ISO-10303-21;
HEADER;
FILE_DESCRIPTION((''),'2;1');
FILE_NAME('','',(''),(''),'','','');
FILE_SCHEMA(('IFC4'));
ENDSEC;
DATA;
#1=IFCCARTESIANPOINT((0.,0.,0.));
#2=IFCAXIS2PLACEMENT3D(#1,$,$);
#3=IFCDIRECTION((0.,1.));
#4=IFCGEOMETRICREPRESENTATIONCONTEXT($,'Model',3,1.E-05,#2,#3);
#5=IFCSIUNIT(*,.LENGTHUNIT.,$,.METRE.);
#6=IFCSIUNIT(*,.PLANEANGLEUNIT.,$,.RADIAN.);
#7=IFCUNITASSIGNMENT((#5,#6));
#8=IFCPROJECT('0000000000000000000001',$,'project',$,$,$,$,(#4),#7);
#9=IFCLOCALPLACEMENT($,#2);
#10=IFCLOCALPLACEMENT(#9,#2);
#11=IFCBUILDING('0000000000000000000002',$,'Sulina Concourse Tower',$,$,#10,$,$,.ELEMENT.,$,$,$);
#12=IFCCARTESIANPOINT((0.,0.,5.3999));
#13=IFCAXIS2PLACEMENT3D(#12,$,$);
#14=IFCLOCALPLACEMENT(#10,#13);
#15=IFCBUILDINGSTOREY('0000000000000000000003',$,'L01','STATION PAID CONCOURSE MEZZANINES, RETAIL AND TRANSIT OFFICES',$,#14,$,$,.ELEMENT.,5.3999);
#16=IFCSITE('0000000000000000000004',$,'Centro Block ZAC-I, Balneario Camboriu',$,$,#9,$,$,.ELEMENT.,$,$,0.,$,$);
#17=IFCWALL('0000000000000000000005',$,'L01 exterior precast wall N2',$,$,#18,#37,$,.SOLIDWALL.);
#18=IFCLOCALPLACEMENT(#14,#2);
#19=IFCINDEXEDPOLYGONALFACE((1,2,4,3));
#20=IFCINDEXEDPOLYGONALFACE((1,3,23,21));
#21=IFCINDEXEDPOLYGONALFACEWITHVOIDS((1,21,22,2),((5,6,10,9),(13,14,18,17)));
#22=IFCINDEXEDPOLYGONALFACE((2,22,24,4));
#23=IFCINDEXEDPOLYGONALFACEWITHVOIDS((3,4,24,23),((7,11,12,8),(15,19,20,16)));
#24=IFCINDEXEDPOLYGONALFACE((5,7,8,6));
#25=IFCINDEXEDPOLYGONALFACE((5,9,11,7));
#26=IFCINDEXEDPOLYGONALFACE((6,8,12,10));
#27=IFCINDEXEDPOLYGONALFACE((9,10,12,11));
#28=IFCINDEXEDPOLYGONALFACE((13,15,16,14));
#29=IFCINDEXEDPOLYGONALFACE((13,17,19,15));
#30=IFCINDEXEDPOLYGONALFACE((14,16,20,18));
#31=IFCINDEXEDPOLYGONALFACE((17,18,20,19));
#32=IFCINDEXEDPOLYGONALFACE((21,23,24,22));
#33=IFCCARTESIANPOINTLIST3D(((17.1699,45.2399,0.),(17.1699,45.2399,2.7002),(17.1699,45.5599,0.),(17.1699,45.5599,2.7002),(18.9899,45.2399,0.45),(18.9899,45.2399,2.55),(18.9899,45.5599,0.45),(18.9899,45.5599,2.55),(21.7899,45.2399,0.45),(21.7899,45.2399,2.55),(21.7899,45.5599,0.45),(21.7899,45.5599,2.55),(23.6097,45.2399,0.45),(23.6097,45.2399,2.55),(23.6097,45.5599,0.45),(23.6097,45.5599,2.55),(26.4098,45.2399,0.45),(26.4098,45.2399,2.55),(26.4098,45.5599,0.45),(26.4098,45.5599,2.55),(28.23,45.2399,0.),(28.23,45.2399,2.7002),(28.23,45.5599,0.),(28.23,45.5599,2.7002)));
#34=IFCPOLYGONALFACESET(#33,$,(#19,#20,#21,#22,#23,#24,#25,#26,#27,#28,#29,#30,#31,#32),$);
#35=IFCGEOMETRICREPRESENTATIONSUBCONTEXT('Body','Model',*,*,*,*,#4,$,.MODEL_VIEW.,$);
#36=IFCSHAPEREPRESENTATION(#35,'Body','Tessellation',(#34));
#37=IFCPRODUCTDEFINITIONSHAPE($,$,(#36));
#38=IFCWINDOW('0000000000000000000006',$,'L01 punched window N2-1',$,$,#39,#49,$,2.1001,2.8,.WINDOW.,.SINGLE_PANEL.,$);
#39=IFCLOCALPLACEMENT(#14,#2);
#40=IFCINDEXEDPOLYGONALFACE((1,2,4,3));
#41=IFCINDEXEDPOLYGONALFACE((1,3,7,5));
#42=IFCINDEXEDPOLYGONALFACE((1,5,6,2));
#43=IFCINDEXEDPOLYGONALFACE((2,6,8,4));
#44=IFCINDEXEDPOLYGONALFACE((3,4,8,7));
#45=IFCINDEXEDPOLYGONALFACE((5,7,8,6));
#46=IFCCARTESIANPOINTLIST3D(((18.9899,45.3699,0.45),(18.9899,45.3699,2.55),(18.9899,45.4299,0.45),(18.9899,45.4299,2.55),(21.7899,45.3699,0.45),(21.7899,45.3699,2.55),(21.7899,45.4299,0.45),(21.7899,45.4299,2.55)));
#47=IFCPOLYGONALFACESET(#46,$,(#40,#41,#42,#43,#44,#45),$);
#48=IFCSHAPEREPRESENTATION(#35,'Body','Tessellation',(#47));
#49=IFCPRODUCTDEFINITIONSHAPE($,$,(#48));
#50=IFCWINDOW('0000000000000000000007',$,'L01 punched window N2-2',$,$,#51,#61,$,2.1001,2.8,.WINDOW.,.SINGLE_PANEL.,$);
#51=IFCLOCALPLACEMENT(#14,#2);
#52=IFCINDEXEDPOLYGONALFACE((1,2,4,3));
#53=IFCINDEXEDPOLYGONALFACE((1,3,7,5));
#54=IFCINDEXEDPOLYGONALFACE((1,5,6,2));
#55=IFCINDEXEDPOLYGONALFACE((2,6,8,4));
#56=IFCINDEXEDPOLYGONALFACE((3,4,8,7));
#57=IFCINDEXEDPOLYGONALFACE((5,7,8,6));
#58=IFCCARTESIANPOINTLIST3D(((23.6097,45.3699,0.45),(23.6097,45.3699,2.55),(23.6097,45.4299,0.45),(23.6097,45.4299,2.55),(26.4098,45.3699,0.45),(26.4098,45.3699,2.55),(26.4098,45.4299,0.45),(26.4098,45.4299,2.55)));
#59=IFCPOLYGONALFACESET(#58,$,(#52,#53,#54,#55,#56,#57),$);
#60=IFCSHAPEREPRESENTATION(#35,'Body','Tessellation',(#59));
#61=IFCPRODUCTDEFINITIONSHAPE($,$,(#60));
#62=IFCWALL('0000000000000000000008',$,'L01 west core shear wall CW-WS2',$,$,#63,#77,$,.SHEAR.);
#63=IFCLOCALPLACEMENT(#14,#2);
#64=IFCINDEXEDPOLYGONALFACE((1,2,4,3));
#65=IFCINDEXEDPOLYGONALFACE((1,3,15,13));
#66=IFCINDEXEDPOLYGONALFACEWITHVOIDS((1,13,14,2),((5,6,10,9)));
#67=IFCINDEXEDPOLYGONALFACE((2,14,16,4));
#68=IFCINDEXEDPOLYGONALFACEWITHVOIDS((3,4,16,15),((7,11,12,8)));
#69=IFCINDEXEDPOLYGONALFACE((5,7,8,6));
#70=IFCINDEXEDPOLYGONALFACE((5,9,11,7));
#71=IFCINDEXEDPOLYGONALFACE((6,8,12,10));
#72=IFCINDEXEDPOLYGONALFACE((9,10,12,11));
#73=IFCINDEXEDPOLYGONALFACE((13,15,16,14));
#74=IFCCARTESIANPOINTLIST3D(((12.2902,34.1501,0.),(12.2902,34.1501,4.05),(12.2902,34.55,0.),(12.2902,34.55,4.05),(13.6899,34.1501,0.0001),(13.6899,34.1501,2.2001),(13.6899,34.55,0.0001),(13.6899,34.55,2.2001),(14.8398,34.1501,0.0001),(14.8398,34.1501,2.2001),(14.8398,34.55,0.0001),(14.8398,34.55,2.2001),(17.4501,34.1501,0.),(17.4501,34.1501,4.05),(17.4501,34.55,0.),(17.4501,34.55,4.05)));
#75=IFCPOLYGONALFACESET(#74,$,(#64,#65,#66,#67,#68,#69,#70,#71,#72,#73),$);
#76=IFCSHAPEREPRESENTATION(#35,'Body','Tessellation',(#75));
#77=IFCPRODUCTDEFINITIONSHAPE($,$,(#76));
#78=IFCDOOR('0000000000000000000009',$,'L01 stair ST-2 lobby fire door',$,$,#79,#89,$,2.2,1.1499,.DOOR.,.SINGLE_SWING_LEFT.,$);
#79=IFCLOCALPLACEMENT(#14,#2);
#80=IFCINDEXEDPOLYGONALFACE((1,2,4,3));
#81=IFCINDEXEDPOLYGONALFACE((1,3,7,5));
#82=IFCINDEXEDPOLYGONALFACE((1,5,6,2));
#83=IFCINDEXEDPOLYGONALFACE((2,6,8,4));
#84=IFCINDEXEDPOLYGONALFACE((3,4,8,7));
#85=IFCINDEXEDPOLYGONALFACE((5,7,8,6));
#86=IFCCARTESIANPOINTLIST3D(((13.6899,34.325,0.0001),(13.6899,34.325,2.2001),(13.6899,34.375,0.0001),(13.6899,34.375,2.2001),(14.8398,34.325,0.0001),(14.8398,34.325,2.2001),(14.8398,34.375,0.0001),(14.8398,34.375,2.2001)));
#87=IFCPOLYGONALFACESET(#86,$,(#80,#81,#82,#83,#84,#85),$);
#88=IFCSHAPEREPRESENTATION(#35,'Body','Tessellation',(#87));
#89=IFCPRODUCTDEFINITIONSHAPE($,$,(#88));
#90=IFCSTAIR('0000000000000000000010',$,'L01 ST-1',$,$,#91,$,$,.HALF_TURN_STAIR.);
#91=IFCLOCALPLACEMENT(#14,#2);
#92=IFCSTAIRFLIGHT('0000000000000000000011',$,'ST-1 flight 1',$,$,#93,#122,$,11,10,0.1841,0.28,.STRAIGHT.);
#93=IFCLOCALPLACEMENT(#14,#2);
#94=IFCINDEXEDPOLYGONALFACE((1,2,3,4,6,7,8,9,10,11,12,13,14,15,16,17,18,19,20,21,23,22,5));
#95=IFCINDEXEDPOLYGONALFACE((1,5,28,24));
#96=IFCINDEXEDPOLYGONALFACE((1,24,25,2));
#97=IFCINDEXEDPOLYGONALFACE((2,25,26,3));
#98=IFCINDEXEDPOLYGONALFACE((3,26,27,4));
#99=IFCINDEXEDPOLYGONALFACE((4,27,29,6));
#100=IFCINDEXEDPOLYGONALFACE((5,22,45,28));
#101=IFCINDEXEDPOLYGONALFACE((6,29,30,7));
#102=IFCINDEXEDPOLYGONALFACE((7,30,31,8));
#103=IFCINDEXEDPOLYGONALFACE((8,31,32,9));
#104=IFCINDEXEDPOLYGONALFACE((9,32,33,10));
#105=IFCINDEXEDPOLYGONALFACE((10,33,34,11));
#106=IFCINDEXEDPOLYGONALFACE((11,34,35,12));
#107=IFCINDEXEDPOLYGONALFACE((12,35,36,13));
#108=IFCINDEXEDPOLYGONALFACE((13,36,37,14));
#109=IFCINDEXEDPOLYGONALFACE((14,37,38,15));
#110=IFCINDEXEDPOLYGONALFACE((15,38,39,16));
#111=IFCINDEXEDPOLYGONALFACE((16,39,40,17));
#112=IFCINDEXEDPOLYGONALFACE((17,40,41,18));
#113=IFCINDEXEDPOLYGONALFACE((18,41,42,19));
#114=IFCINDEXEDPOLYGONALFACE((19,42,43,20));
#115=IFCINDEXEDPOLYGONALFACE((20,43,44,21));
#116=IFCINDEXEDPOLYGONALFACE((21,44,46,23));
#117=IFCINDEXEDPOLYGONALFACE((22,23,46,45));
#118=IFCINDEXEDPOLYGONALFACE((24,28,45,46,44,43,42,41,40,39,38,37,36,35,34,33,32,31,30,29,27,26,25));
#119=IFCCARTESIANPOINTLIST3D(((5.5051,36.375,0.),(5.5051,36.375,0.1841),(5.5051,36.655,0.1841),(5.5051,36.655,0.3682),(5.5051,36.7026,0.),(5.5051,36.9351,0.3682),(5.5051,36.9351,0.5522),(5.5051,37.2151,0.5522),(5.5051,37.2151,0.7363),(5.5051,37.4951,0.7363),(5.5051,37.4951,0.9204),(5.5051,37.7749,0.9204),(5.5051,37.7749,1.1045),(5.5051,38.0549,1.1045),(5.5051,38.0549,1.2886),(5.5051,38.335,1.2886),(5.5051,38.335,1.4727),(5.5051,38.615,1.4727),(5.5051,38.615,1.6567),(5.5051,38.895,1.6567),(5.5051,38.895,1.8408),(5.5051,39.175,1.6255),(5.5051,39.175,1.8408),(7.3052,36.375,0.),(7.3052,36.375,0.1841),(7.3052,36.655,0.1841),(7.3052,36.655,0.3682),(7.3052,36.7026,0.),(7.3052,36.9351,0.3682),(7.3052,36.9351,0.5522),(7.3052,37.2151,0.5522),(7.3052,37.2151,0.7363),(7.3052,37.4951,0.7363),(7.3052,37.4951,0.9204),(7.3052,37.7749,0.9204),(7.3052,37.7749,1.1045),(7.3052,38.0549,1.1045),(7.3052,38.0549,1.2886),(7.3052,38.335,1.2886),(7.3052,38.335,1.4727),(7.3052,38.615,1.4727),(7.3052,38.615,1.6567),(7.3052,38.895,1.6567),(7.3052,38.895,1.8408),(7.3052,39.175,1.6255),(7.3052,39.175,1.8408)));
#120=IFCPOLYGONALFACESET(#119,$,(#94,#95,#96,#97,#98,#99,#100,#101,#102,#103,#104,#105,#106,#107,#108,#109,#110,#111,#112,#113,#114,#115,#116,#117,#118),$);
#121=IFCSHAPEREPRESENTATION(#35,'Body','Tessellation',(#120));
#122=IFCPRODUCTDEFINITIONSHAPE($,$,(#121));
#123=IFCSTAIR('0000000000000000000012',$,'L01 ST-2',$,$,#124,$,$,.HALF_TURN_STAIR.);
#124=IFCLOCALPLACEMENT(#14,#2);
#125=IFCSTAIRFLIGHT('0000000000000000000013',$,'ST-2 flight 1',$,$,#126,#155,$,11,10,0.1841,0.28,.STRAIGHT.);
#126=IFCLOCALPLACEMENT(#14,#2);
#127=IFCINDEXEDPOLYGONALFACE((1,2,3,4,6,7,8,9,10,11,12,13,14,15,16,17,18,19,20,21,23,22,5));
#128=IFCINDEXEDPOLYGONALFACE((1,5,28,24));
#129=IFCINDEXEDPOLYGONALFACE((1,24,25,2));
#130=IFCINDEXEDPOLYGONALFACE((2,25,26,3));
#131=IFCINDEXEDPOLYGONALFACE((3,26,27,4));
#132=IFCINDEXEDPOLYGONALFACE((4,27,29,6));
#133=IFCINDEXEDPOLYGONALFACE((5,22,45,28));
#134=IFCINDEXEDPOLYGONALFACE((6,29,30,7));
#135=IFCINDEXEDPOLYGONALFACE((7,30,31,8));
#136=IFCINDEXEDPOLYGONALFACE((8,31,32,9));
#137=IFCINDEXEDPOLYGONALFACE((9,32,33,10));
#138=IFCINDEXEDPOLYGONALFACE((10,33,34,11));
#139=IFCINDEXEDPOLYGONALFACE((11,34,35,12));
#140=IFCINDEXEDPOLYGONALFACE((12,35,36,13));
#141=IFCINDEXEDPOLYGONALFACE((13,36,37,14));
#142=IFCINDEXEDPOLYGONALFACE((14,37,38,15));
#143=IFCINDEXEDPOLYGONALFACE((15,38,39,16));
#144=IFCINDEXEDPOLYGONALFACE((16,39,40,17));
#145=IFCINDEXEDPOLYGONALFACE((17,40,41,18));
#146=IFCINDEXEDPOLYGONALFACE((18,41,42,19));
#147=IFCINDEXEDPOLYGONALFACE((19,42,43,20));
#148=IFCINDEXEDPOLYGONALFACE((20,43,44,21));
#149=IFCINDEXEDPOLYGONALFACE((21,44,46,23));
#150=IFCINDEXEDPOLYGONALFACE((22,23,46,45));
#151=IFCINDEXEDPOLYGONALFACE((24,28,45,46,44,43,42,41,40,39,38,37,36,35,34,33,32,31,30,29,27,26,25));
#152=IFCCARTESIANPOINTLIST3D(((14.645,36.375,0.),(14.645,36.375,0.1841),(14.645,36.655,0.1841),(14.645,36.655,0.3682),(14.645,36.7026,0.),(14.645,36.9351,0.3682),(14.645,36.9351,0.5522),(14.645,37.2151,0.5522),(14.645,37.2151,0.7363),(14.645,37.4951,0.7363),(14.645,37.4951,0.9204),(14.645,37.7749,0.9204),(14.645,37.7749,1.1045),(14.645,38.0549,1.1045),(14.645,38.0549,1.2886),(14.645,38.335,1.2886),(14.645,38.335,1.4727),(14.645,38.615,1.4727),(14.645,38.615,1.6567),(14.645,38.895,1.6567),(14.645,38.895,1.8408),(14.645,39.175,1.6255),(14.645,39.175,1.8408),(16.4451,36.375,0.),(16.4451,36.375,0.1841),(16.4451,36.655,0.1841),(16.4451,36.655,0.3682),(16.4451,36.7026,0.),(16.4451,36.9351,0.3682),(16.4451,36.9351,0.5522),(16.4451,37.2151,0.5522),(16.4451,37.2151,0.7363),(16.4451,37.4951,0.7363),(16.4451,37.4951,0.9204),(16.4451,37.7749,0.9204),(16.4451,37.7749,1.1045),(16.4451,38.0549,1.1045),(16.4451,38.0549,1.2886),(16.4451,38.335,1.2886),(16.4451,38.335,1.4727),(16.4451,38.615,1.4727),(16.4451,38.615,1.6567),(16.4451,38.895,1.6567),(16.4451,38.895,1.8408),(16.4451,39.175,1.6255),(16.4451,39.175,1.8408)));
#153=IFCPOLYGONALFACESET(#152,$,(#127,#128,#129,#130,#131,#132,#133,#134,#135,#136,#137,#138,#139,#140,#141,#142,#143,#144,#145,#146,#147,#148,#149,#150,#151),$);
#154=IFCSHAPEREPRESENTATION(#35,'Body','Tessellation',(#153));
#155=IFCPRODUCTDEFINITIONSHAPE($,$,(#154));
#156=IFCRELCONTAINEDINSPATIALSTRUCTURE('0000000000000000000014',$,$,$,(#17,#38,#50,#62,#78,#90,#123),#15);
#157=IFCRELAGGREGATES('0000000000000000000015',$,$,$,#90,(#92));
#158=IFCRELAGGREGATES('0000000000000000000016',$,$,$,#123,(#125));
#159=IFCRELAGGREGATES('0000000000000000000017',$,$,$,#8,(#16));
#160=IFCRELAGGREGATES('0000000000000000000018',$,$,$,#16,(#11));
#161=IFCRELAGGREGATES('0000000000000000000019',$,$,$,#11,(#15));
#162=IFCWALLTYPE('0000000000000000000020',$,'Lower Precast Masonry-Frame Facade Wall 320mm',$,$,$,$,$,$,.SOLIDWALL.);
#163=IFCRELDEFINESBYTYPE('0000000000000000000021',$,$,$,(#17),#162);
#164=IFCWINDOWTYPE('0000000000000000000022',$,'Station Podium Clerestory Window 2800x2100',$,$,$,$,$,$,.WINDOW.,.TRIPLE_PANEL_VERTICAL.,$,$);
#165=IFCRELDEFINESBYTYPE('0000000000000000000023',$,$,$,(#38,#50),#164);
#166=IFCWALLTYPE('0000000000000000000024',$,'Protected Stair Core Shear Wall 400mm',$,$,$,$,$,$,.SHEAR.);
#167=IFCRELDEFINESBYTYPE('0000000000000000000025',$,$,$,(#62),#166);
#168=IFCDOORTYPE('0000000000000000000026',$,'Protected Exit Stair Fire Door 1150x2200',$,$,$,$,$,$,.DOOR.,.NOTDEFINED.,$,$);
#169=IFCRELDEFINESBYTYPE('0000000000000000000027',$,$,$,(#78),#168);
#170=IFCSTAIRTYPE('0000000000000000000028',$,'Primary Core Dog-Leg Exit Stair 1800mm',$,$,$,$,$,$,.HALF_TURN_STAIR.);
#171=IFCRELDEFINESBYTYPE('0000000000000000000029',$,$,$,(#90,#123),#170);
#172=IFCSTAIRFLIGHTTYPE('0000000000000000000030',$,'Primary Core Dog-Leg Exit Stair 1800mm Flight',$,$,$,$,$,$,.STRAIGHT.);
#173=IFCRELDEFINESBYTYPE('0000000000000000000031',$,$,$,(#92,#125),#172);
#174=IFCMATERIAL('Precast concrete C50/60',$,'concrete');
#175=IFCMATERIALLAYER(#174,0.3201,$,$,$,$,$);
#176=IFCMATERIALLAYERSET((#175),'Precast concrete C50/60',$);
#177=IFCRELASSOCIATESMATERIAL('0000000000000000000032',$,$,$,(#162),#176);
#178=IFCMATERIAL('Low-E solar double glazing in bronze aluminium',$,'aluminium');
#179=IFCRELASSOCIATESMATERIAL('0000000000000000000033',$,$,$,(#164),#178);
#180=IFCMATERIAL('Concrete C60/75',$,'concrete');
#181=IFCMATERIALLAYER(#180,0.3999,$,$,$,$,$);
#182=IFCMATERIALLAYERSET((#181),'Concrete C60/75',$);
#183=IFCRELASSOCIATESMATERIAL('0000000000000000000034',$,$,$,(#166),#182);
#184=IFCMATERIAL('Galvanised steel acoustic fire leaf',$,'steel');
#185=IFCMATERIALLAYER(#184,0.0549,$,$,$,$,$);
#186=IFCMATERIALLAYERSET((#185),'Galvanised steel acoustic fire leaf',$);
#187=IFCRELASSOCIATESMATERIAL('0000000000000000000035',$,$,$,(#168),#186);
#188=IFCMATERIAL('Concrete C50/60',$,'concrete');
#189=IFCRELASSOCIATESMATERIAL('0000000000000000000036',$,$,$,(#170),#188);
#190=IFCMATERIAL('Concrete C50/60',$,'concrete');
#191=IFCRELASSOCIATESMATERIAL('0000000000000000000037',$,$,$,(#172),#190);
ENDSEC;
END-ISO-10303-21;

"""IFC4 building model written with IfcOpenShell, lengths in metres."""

from ifc_helpers import new_model, si_unit, direction, frame, frame_2d, origin, place, context, subcontext, project, spatial, polyline, rectangle, outline, extrude, material, layer, layer_set, type_object, element, fill, aggregate, save


model = new_model("IFC4")

# Units and contexts
model_context = context("Model", 3, precision=1e-05, world=origin(), true_north=direction((0.0, 1.0)))
body_context = subcontext(model_context, "Body", "Model", "MODEL_VIEW")
ifc_project = project(units=[si_unit("LENGTHUNIT", "METRE"), si_unit("PLANEANGLEUNIT", "RADIAN")], contexts=[model_context])

# Site, building, storey
site_placement = place(None, origin())
site = spatial("IfcSite", under=ifc_project, at=site_placement, Name="Centro Block ZAC-I, Balneario Camboriu", CompositionType="ELEMENT", RefElevation=0.0)
building_placement = place(site_placement, origin())
building = spatial("IfcBuilding", under=site, at=building_placement, Name="Sulina Concourse Tower", CompositionType="ELEMENT")
storey_placement = place(building_placement, frame((0.0, 0.0, 5.3999)))
storey = spatial("IfcBuildingStorey", under=building, at=storey_placement, Name="L01", Description="STATION PAID CONCOURSE MEZZANINES, RETAIL AND TRANSIT OFFICES", CompositionType="ELEMENT", Elevation=5.3999)

# Wall, openings, windows
ifc_material_1 = material(Name="Precast concrete C50/60", Category="concrete")
ifc_layer_1 = layer(ifc_material_1, 0.3201)
ifc_layer_set_1 = layer_set([ifc_layer_1], Name="Precast concrete C50/60")
wall_type_1 = type_object("IfcWallType", Name="Lower Precast Masonry-Frame Facade Wall 320mm", PredefinedType="SOLIDWALL", material=ifc_layer_set_1)
wall_1_placement = place(storey_placement, frame((17.1699, 45.3999, 0.0), z_axis=(0.0, 0.0, 1.0), x_axis=(1.0, 0.0, 0.0)))
wall_1 = element("IfcWall", 1, at=wall_1_placement, inside=storey, type_object=wall_type_1, Name="L01 exterior precast wall N2", PredefinedType="SOLIDWALL", context=body_context, shape_type="SweptSolid", body=[
    extrude(rectangle(XDim=11.0601, YDim=0.3201, at=frame_2d((5.53, 0.0))), origin(), (0.0, 0.0, 1.0), 2.7002),
])
opening_1_placement = place(wall_1_placement, frame((1.8201, 0.0, 0.45)))
opening_1 = element("IfcOpeningElement", 2, at=opening_1_placement, cuts=wall_1, PredefinedType="OPENING", context=body_context, shape_type="SweptSolid", body=[
    extrude(rectangle(XDim=2.8, YDim=2.1001, at=frame_2d((1.3999, 1.05))), frame((0.0, 0.1699, 0.0), z_axis=(0.0, -1.0, 0.0), x_axis=(1.0, 0.0, 0.0)), (0.0, 0.0, 1.0), 0.3401),
])
opening_2_placement = place(wall_1_placement, frame((6.4399, 0.0, 0.45)))
opening_2 = element("IfcOpeningElement", 3, at=opening_2_placement, cuts=wall_1, PredefinedType="OPENING", context=body_context, shape_type="SweptSolid", body=[
    extrude(rectangle(XDim=2.8, YDim=2.1001, at=frame_2d((1.3999, 1.05))), frame((0.0, 0.1699, 0.0), z_axis=(0.0, -1.0, 0.0), x_axis=(1.0, 0.0, 0.0)), (0.0, 0.0, 1.0), 0.3401),
])
ifc_material_2 = material(Name="Low-E solar double glazing in bronze aluminium", Category="aluminium")
window_type = type_object("IfcWindowType", Name="Station Podium Clerestory Window 2800x2100", PartitioningType="TRIPLE_PANEL_VERTICAL", PredefinedType="WINDOW", material=ifc_material_2)
window_1_placement = place(opening_1_placement, origin())
window_1 = element("IfcWindow", 4, at=window_1_placement, inside=storey, type_object=window_type, Name="L01 punched window N2-1", OverallHeight=2.1001, OverallWidth=2.8, PartitioningType="SINGLE_PANEL", PredefinedType="WINDOW", context=body_context, shape_type="SweptSolid", body=[
    extrude(rectangle(XDim=2.8, YDim=2.1001, at=frame_2d((1.3999, 1.05))), frame((0.0, 0.03, 0.0), z_axis=(0.0, -1.0, 0.0), x_axis=(1.0, 0.0, 0.0)), (0.0, 0.0, 1.0), 0.0601),
])
fill(opening_1, window_1)
window_2_placement = place(opening_2_placement, origin())
window_2 = element("IfcWindow", 5, at=window_2_placement, inside=storey, type_object=window_type, Name="L01 punched window N2-2", OverallHeight=2.1001, OverallWidth=2.8, PartitioningType="SINGLE_PANEL", PredefinedType="WINDOW", context=body_context, shape_type="SweptSolid", body=[
    extrude(rectangle(XDim=2.8, YDim=2.1001, at=frame_2d((1.3999, 1.05))), frame((0.0, 0.03, 0.0), z_axis=(0.0, -1.0, 0.0), x_axis=(1.0, 0.0, 0.0)), (0.0, 0.0, 1.0), 0.0601),
])
fill(opening_2, window_2)

# Wall, opening, door
ifc_material_3 = material(Name="Concrete C60/75", Category="concrete")
ifc_layer_2 = layer(ifc_material_3, 0.3999)
ifc_layer_set_2 = layer_set([ifc_layer_2], Name="Concrete C60/75")
wall_type_2 = type_object("IfcWallType", Name="Protected Stair Core Shear Wall 400mm", PredefinedType="SHEAR", material=ifc_layer_set_2)
wall_2_placement = place(storey_placement, frame((12.29, 34.3501, 0.0), z_axis=(0.0, 0.0, 1.0), x_axis=(1.0, 0.0, 0.0)))
wall_2 = element("IfcWall", 6, at=wall_2_placement, inside=storey, type_object=wall_type_2, Name="L01 west core shear wall CW-WS2", PredefinedType="SHEAR", context=body_context, shape_type="SweptSolid", body=[
    extrude(rectangle(XDim=5.1599, YDim=0.3999, at=frame_2d((2.5801, 0.0))), origin(), (0.0, 0.0, 1.0), 4.05),
])
opening_3_placement = place(wall_2_placement, frame((1.3999, 0.0, 0.0)))
opening_3 = element("IfcOpeningElement", 7, at=opening_3_placement, cuts=wall_2, PredefinedType="OPENING", context=body_context, shape_type="SweptSolid", body=[
    extrude(rectangle(XDim=1.1499, YDim=2.2, at=frame_2d((0.575, 1.1001))), frame((0.0, 0.21, 0.0), z_axis=(0.0, -1.0, 0.0), x_axis=(1.0, 0.0, 0.0)), (0.0, 0.0, 1.0), 0.4199),
])
ifc_material_4 = material(Name="Galvanised steel acoustic fire leaf", Category="steel")
ifc_layer_3 = layer(ifc_material_4, 0.0549)
ifc_layer_set_3 = layer_set([ifc_layer_3], Name="Galvanised steel acoustic fire leaf")
door_type_1 = type_object("IfcDoorType", Name="Protected Exit Stair Fire Door 1150x2200", OperationType="NOTDEFINED", PredefinedType="DOOR", material=ifc_layer_set_3)
door_1_placement = place(opening_3_placement, origin())
door_1 = element("IfcDoor", 8, at=door_1_placement, inside=storey, type_object=door_type_1, Name="L01 stair ST-2 lobby fire door", OperationType="SINGLE_SWING_LEFT", OverallHeight=2.2, OverallWidth=1.1499, PredefinedType="DOOR", context=body_context, shape_type="SweptSolid", body=[
    extrude(rectangle(XDim=1.1499, YDim=2.2, at=frame_2d((0.575, 1.1001))), frame((0.0, 0.0249, 0.0), z_axis=(0.0, -1.0, 0.0), x_axis=(1.0, 0.0, 0.0)), (0.0, 0.0, 1.0), 0.05),
])
fill(opening_3, door_1)

# Stair, stair flight
ifc_material_5 = material(Name="Concrete C50/60", Category="concrete")
stair_type = type_object("IfcStairType", Name="Primary Core Dog-Leg Exit Stair 1800mm", PredefinedType="HALF_TURN_STAIR", material=ifc_material_5)
stair_1_placement = place(storey_placement, origin())
stair_1 = element("IfcStair", 9, at=stair_1_placement, inside=storey, type_object=stair_type, Name="L01 ST-1", PredefinedType="HALF_TURN_STAIR")
ifc_material_6 = material(Name="Concrete C50/60", Category="concrete")
stair_flight_type = type_object("IfcStairFlightType", Name="Primary Core Dog-Leg Exit Stair 1800mm Flight", PredefinedType="STRAIGHT", material=ifc_material_6)
stair_flight_1_placement = place(storey_placement, frame((6.405, 36.375, 0.0), z_axis=(0.0, 0.0, 1.0), x_axis=(0.0, 1.0, 0.0)))
stair_flight_1 = element("IfcStairFlight", 10, at=stair_flight_1_placement, type_object=stair_flight_type, Name="ST-1 flight 1", NumberOfRisers=11, NumberOfTreads=10, PredefinedType="STRAIGHT", RiserHeight=0.1841, TreadLength=0.28, context=body_context, shape_type="SweptSolid", body=[
    extrude(outline(polyline([(0.0, 0.0), (0.0, 0.1841), (0.28, 0.1841), (0.28, 0.3682), (0.5601, 0.3682), (0.5601, 0.5522), (0.8401, 0.5522), (0.8401, 0.7363), (1.1201, 0.7363), (1.1201, 0.9204), (1.3999, 0.9204), (1.3999, 1.1045), (1.6799, 1.1045), (1.6799, 1.2886), (1.96, 1.2886), (1.96, 1.4727), (2.24, 1.4727), (2.24, 1.6567), (2.52, 1.6567), (2.52, 1.8408), (2.8, 1.8408), (2.8, 2.0249), (2.8, 1.6255), (0.3276, 0.0), (0.0, 0.0)])), frame((0.0, 0.8999, 0.0), z_axis=(0.0, -1.0, 0.0), x_axis=(1.0, 0.0, 0.0)), (0.0, 0.0, 1.0), 1.8),
])
aggregate(stair_1, [stair_flight_1])

# Stair, stair flight
stair_2_placement = place(storey_placement, origin())
stair_2 = element("IfcStair", 11, at=stair_2_placement, inside=storey, type_object=stair_type, Name="L01 ST-2", PredefinedType="HALF_TURN_STAIR")
stair_flight_2_placement = place(storey_placement, frame((15.5449, 36.375, 0.0), z_axis=(0.0, 0.0, 1.0), x_axis=(0.0, 1.0, 0.0)))
stair_flight_2 = element("IfcStairFlight", 12, at=stair_flight_2_placement, type_object=stair_flight_type, Name="ST-2 flight 1", NumberOfRisers=11, NumberOfTreads=10, PredefinedType="STRAIGHT", RiserHeight=0.1841, TreadLength=0.28, context=body_context, shape_type="SweptSolid", body=[
    extrude(outline(polyline([(0.0, 0.0), (0.0, 0.1841), (0.28, 0.1841), (0.28, 0.3682), (0.5601, 0.3682), (0.5601, 0.5522), (0.8401, 0.5522), (0.8401, 0.7363), (1.1201, 0.7363), (1.1201, 0.9204), (1.3999, 0.9204), (1.3999, 1.1045), (1.6799, 1.1045), (1.6799, 1.2886), (1.96, 1.2886), (1.96, 1.4727), (2.24, 1.4727), (2.24, 1.6567), (2.52, 1.6567), (2.52, 1.8408), (2.8, 1.8408), (2.8, 2.0249), (2.8, 1.6255), (0.3276, 0.0), (0.0, 0.0)])), frame((0.0, 0.8999, 0.0), z_axis=(0.0, -1.0, 0.0), x_axis=(1.0, 0.0, 0.0)), (0.0, 0.0, 1.0), 1.8),
])
aggregate(stair_2, [stair_flight_2])

save(model, "model.ifc")
